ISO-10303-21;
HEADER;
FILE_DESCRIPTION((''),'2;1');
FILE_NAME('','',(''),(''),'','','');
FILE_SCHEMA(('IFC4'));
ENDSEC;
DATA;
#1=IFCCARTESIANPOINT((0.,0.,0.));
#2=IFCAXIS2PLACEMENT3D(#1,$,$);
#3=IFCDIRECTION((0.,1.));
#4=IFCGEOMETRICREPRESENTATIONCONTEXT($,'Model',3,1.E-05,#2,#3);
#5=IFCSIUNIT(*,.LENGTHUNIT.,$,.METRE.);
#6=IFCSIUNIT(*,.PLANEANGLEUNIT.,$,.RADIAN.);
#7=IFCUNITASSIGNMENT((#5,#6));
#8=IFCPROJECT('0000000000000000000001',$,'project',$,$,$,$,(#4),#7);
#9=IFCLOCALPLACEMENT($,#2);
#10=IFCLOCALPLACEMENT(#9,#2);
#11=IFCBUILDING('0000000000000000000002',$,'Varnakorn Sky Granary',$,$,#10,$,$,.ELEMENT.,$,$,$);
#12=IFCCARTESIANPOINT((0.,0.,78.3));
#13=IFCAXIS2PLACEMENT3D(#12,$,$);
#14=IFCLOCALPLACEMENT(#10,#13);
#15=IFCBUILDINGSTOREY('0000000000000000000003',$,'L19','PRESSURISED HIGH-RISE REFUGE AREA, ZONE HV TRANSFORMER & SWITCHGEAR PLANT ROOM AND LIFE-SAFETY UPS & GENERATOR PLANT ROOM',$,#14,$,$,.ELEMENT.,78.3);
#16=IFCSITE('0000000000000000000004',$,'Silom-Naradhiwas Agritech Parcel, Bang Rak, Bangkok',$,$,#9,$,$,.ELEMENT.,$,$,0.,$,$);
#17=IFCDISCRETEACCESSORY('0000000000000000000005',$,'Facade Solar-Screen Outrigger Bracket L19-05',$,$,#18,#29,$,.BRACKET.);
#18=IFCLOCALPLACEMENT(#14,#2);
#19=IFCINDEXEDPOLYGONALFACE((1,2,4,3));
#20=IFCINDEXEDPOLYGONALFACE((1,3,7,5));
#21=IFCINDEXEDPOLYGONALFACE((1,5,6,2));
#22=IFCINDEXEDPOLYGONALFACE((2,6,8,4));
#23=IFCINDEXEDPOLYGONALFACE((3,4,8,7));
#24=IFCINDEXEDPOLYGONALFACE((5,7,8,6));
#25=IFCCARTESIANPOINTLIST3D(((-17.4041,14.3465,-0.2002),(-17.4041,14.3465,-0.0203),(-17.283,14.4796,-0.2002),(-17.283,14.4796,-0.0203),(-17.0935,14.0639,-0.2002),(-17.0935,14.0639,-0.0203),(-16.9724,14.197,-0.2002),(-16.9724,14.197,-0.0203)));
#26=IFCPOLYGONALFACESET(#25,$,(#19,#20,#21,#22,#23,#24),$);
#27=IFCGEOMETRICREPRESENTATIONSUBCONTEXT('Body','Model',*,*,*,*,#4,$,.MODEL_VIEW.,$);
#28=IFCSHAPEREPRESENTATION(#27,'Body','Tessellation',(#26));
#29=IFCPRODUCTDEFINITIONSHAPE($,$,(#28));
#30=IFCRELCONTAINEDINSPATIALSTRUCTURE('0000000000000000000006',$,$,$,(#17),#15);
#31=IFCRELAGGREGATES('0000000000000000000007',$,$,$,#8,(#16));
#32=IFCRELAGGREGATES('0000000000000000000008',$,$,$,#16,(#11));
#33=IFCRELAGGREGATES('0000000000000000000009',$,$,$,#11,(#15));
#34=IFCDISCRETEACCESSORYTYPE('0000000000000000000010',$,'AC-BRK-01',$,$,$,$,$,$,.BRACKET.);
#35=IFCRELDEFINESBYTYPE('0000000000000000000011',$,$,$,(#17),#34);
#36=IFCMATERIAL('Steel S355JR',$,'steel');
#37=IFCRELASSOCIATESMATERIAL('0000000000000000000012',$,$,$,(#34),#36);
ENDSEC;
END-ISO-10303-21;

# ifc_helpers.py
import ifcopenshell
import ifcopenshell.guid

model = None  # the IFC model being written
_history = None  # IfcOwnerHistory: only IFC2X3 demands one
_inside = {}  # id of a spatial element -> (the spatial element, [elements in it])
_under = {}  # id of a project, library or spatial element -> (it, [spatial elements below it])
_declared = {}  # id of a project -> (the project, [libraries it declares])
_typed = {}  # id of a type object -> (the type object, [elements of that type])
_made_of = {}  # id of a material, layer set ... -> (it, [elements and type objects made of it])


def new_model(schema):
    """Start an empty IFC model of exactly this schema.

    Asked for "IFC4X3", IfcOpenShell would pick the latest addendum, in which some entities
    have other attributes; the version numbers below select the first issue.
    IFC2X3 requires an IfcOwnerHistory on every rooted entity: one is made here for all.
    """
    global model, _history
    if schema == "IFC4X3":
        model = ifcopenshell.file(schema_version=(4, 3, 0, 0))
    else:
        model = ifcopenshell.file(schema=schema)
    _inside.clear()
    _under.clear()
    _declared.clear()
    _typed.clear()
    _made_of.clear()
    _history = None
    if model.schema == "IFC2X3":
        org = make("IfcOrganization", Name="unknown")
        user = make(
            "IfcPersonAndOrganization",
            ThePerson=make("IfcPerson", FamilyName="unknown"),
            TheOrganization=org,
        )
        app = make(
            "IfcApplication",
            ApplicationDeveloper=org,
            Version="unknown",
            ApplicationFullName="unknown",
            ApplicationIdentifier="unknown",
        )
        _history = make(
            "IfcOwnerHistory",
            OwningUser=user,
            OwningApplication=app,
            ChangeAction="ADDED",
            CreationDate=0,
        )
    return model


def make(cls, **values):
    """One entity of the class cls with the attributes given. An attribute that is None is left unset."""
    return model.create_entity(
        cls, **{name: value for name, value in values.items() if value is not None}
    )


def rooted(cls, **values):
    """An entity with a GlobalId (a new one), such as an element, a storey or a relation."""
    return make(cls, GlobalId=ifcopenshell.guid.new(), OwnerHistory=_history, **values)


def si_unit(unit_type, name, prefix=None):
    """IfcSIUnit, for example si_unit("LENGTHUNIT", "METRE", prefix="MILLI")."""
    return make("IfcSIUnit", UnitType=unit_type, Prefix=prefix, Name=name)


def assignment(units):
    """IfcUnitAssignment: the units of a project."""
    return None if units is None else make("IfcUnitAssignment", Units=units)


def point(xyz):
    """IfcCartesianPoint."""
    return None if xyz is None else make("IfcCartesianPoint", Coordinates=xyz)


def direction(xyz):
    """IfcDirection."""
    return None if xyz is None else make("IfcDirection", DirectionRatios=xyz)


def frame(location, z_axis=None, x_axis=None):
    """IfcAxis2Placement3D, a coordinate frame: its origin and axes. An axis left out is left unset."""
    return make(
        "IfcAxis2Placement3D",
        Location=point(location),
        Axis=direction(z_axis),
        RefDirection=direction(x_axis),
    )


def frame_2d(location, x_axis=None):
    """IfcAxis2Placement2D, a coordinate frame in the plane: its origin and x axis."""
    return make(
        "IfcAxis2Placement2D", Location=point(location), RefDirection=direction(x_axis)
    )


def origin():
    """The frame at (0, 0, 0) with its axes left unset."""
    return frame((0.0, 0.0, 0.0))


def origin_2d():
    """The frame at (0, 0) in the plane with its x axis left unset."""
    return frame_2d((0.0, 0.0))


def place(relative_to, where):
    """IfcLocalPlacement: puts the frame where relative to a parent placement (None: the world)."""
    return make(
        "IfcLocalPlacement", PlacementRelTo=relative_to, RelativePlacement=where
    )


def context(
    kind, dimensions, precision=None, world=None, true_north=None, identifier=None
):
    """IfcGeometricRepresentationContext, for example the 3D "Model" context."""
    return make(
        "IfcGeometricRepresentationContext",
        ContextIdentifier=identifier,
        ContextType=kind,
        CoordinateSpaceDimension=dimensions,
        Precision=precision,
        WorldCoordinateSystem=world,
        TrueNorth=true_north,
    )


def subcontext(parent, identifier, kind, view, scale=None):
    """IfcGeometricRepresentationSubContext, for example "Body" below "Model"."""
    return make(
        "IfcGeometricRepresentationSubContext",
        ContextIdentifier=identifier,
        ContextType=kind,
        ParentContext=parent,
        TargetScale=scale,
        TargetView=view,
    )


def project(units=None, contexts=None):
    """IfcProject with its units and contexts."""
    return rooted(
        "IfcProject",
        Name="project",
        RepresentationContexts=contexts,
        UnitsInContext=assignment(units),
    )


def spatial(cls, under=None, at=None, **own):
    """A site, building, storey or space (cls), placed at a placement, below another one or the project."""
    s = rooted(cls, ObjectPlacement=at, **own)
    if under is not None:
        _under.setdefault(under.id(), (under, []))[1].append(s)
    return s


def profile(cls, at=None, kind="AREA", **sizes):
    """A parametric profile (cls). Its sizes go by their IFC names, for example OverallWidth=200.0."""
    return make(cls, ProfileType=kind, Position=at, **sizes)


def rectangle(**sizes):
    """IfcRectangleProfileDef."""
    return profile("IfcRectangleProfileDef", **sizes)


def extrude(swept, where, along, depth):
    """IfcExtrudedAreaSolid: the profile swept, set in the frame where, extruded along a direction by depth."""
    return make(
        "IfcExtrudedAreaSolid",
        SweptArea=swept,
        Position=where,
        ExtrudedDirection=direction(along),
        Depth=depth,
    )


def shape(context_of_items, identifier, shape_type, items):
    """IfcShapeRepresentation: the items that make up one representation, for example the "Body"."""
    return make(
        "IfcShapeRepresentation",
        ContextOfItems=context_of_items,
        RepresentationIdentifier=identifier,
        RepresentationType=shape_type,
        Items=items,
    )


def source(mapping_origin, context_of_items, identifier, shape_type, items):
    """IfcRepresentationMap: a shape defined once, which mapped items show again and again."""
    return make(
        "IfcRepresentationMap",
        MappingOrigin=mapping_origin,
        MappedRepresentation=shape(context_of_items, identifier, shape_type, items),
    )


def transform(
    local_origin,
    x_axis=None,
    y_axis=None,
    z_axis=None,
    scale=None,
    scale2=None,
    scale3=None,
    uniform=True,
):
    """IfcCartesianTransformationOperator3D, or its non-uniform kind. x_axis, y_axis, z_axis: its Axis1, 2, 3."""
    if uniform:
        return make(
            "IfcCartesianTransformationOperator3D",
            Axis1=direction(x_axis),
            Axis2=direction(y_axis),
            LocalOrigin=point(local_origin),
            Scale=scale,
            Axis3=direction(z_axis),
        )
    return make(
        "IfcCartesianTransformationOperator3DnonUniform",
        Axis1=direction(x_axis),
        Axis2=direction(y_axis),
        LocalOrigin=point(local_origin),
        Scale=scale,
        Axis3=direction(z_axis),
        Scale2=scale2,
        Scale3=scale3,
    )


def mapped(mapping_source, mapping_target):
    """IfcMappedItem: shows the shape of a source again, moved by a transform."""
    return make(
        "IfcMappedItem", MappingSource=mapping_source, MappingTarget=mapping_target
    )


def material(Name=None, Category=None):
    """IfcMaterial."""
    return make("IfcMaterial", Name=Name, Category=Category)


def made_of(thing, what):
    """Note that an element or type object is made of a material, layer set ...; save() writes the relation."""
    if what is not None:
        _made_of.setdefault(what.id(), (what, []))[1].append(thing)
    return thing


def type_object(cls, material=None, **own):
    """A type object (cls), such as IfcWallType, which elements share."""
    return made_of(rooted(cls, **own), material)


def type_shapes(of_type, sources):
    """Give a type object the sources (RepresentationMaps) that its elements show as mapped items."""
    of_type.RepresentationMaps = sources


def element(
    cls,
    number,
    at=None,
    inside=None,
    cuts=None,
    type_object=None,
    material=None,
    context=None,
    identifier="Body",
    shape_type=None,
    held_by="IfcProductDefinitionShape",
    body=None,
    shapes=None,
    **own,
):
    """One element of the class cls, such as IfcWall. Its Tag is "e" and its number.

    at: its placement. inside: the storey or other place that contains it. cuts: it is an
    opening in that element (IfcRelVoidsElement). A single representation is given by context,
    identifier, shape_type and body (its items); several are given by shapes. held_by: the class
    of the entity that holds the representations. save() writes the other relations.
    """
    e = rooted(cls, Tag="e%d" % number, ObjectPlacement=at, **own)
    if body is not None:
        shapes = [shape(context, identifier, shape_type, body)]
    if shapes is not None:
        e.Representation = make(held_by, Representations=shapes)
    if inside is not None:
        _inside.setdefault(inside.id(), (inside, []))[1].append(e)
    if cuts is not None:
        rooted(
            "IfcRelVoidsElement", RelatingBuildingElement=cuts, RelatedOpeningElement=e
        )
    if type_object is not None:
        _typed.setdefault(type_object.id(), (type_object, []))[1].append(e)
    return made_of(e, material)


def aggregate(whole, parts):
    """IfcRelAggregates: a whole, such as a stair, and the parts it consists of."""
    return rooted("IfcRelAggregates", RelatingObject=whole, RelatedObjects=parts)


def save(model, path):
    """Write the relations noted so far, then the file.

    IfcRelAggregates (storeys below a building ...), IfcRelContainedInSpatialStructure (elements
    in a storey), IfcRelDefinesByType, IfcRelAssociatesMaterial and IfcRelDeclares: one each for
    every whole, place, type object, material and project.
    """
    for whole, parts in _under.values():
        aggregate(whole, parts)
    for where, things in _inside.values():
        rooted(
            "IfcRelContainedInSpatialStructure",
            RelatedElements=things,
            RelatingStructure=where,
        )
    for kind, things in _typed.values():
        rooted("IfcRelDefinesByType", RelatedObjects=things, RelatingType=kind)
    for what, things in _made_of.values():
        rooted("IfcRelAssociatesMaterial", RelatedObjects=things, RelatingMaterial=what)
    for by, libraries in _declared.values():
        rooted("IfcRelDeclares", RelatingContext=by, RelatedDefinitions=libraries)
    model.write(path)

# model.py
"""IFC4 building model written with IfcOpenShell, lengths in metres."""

from ifc_helpers import new_model, si_unit, direction, frame, origin, origin_2d, place, context, subcontext, project, spatial, rectangle, extrude, source, transform, mapped, material, type_object, type_shapes, element, save


model = new_model("IFC4")

# Units and contexts
model_context = context("Model", 3, precision=1e-05, world=origin(), true_north=direction((0.0, 1.0)))
body_context = subcontext(model_context, "Body", "Model", "MODEL_VIEW")
ifc_project = project(units=[si_unit("LENGTHUNIT", "METRE"), si_unit("PLANEANGLEUNIT", "RADIAN")], contexts=[model_context])

# Site, building, storey
site_placement = place(None, origin())
site = spatial("IfcSite", under=ifc_project, at=site_placement, Name="Silom-Naradhiwas Agritech Parcel, Bang Rak, Bangkok", CompositionType="ELEMENT", RefElevation=0.0)
building_placement = place(site_placement, origin())
building = spatial("IfcBuilding", under=site, at=building_placement, Name="Varnakorn Sky Granary", CompositionType="ELEMENT")
storey_placement = place(building_placement, frame((0.0, 0.0, 78.3)))
storey = spatial("IfcBuildingStorey", under=building, at=storey_placement, Name="L19", Description="PRESSURISED HIGH-RISE REFUGE AREA, ZONE HV TRANSFORMER & SWITCHGEAR PLANT ROOM AND LIFE-SAFETY UPS & GENERATOR PLANT ROOM", CompositionType="ELEMENT", Elevation=78.3)

# Shared definitions
ifc_material_1 = material(Name="Steel S355JR", Category="steel")

# Discrete accessory
discrete_accessory_type = type_object("IfcDiscreteAccessoryType", Name="AC-BRK-01", PredefinedType="BRACKET", material=ifc_material_1)
shared_shape_1 = source(origin(), body_context, "Body", "SweptSolid", [
    extrude(rectangle(XDim=0.1799, YDim=0.4199, at=origin_2d()), origin(), (0.0, 0.0, 1.0), 0.1799),
])
type_shapes(discrete_accessory_type, [shared_shape_1])
discrete_accessory_placement = place(storey_placement, frame((-17.1882, 14.2717, -0.2002), z_axis=(0.0, 0.0, 1.0), x_axis=(-0.67292, -0.739715, 0.0)))
element("IfcDiscreteAccessory", 1, at=discrete_accessory_placement, inside=storey, type_object=discrete_accessory_type, Name="Facade Solar-Screen Outrigger Bracket L19-05", PredefinedType="BRACKET", context=body_context, shape_type="MappedRepresentation", body=[
    mapped(shared_shape_1, transform((0.0, 0.0, 0.0), x_axis=(1.0, 0.0, 0.0), y_axis=(0.0, 1.0, 0.0), z_axis=(0.0, 0.0, 1.0), scale=1.0)),
])

save(model, "model.ifc")
